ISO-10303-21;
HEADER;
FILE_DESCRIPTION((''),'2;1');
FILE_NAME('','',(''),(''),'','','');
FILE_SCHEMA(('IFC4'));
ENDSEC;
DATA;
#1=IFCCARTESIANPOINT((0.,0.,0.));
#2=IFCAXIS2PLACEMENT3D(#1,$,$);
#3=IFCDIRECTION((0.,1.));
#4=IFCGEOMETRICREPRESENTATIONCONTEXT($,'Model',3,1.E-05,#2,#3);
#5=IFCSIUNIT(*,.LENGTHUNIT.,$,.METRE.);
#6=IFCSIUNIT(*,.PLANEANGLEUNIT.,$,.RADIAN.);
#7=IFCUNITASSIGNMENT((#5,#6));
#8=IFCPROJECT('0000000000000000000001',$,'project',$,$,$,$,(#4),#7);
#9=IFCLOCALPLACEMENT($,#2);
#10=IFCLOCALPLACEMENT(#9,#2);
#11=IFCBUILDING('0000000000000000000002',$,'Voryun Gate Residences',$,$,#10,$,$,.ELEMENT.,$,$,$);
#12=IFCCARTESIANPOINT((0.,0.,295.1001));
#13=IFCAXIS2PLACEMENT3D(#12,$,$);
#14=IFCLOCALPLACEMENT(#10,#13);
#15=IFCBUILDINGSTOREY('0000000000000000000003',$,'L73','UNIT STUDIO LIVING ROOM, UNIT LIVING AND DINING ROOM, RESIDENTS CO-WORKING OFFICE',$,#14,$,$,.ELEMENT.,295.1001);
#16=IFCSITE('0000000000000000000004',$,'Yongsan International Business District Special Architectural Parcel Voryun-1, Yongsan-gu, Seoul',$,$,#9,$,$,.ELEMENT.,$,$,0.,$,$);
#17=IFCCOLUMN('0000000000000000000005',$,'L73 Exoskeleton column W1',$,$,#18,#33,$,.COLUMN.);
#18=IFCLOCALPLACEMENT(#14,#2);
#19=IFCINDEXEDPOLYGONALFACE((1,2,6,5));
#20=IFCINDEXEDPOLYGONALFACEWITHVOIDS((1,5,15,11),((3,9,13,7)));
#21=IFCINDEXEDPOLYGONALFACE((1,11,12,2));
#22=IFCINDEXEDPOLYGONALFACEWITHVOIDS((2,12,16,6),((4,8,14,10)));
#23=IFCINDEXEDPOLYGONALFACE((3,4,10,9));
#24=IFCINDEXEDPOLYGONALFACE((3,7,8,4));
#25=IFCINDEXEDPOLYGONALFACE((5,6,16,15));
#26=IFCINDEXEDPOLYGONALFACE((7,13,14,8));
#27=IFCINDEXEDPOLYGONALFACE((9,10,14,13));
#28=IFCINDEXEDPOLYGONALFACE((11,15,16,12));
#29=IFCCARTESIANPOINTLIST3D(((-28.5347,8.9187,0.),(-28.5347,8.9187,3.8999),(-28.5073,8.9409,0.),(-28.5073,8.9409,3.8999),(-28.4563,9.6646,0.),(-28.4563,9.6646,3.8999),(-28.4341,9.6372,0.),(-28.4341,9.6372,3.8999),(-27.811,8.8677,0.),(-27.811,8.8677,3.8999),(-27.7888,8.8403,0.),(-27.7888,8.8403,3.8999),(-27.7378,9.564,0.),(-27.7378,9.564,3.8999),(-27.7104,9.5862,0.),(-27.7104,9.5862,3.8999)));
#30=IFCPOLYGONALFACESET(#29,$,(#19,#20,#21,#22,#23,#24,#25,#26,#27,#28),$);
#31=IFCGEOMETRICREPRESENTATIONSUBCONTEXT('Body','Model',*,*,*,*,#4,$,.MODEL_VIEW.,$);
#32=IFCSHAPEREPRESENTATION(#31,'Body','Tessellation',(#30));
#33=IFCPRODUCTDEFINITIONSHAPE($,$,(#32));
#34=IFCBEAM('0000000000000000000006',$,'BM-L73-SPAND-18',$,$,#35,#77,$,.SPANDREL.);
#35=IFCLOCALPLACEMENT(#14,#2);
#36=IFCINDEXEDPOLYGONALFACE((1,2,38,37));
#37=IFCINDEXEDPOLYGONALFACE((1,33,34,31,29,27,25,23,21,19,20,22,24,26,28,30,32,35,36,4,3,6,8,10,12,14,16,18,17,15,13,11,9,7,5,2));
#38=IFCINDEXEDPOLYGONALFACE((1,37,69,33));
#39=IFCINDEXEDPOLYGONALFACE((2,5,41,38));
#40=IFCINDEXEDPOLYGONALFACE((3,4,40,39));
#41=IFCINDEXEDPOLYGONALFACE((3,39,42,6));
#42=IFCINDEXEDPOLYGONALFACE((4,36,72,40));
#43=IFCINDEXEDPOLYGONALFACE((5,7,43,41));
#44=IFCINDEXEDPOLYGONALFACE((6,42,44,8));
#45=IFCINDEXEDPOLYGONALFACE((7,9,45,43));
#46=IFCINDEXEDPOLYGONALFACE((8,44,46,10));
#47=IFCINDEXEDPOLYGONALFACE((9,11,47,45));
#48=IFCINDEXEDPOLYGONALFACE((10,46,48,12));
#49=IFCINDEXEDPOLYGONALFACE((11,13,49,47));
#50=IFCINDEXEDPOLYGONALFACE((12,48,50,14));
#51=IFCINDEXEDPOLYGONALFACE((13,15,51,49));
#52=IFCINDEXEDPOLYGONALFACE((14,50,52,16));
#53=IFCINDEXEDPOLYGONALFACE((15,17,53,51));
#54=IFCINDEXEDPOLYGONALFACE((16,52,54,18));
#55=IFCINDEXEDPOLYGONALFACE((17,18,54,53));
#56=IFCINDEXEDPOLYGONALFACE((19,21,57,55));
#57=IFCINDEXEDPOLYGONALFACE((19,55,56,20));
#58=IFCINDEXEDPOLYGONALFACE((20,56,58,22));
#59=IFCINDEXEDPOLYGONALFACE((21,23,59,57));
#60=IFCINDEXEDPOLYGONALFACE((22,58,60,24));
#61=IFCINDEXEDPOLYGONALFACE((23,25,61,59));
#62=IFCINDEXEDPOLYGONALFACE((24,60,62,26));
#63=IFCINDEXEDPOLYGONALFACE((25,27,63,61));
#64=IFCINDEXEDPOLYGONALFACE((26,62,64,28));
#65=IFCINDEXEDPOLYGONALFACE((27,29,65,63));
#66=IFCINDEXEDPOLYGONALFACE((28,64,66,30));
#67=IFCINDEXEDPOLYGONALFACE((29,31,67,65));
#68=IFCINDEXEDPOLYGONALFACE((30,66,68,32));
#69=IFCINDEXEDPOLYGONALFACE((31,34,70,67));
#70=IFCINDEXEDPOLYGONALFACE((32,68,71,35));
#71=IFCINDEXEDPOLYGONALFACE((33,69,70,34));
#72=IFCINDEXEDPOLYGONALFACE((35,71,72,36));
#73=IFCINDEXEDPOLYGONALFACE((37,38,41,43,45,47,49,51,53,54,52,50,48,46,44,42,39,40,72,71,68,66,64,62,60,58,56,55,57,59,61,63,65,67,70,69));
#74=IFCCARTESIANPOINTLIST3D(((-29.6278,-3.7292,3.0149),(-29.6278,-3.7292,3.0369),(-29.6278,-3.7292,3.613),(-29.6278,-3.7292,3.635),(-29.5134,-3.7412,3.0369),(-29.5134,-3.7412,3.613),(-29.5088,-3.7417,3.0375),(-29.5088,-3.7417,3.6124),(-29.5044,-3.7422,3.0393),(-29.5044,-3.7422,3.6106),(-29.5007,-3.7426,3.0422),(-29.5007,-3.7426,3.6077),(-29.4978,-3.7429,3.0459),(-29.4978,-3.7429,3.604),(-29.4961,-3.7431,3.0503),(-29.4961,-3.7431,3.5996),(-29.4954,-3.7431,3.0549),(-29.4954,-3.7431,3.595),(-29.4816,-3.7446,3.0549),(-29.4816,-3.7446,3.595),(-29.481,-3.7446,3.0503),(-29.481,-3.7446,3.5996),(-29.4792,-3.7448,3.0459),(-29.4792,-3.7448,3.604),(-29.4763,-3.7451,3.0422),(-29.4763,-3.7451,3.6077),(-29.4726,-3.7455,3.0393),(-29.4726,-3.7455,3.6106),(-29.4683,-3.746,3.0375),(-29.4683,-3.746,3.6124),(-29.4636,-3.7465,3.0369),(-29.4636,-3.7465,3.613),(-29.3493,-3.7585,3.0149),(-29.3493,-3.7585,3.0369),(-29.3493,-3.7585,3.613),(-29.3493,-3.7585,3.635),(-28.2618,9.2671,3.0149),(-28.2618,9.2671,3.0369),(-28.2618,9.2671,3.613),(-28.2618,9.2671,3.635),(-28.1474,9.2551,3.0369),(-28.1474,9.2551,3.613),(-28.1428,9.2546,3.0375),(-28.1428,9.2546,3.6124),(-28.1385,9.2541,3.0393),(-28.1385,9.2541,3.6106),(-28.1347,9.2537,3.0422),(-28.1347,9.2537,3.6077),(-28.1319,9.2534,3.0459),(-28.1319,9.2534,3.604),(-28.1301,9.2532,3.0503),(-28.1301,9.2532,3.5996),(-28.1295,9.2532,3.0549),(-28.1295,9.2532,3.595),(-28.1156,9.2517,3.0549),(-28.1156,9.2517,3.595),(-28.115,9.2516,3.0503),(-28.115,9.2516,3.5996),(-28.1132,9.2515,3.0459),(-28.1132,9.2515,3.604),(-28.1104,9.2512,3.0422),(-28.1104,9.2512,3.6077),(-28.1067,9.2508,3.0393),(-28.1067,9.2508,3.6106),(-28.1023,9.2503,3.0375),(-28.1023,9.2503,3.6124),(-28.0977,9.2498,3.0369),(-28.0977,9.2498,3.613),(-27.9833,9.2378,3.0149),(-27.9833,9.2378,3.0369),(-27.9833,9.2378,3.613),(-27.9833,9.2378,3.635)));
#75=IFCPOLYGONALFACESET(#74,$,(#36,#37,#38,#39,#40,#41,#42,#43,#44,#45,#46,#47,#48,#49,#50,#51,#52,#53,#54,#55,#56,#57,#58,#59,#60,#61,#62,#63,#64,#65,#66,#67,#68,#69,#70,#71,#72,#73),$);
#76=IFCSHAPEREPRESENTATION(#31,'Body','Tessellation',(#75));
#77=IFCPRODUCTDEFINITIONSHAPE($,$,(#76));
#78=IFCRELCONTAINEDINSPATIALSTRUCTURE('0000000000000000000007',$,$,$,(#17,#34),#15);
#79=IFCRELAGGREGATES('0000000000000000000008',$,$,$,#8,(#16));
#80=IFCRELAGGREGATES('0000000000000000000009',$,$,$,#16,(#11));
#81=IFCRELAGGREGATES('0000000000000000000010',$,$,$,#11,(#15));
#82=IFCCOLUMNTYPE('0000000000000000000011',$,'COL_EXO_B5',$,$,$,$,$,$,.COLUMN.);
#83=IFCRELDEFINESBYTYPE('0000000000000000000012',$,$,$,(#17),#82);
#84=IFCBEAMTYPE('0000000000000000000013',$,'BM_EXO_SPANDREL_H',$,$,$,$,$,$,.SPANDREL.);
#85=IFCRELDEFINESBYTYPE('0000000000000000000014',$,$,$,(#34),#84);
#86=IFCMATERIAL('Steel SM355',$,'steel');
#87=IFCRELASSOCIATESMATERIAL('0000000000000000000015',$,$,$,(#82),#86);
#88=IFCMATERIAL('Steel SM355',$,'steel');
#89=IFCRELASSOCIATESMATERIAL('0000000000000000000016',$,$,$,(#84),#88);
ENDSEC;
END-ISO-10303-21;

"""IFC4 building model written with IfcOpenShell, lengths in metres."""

from ifc_helpers import new_model, si_unit, direction, frame, origin, origin_2d, place, context, subcontext, project, spatial, hollow_rectangle, i_section, extrude, material, material_profile, profile_set, type_object, element, save


model = new_model("IFC4")

# Units and contexts
model_context = context("Model", 3, precision=1e-05, world=origin(), true_north=direction((0.0, 1.0)))
body_context = subcontext(model_context, "Body", "Model", "MODEL_VIEW")
ifc_project = project(units=[si_unit("LENGTHUNIT", "METRE"), si_unit("PLANEANGLEUNIT", "RADIAN")], contexts=[model_context])

# Site, building, storey
site_placement = place(None, origin())
site = spatial("IfcSite", under=ifc_project, at=site_placement, Name="Yongsan International Business District Special Architectural Parcel Voryun-1, Yongsan-gu, Seoul", CompositionType="ELEMENT", RefElevation=0.0)
building_placement = place(site_placement, origin())
building = spatial("IfcBuilding", under=site, at=building_placement, Name="Voryun Gate Residences", CompositionType="ELEMENT")
storey_placement = place(building_placement, frame((0.0, 0.0, 295.1001)))
storey = spatial("IfcBuildingStorey", under=building, at=storey_placement, Name="L73", Description="UNIT STUDIO LIVING ROOM, UNIT LIVING AND DINING ROOM, RESIDENTS CO-WORKING OFFICE", CompositionType="ELEMENT", Elevation=295.1001)

# Column
ifc_material_1 = material(Name="Steel SM355", Category="steel")
ifc_material_profile_1 = material_profile(ifc_material_1, hollow_rectangle(XDim=0.75, YDim=0.75, WallThickness=0.0249, at=origin_2d()), Name="BOX-750x750x25")
ifc_profile_set_1 = profile_set([ifc_material_profile_1], Name="Steel SM355")
column_type = type_object("IfcColumnType", Name="COL_EXO_B5", PredefinedType="COLUMN", material=ifc_profile_set_1)
column_placement = place(storey_placement, frame((-28.1226, 9.2524, 0.0), z_axis=(0.0, 0.0, 1.0), x_axis=(0.994522, -0.104528, 0.0)))
element("IfcColumn", 1, at=column_placement, inside=storey, type_object=column_type, Name="L73 Exoskeleton column W1", PredefinedType="COLUMN", context=body_context, shape_type="SweptSolid", body=[
    extrude(hollow_rectangle(XDim=0.75, YDim=0.75, WallThickness=0.0249, at=origin_2d()), origin(), (0.0, 0.0, 1.0), 3.8999),
])

# Beam
ifc_material_2 = material(Name="Steel SM355", Category="steel")
ifc_material_profile_2 = material_profile(ifc_material_2, i_section(OverallWidth=0.28, OverallDepth=0.6201, WebThickness=0.0139, FlangeThickness=0.022, FilletRadius=0.0181, at=origin_2d()), Name="H-620x280x14x22")
ifc_profile_set_2 = profile_set([ifc_material_profile_2], Name="Steel SM355")
beam_type = type_object("IfcBeamType", Name="BM_EXO_SPANDREL_H", PredefinedType="SPANDREL", material=ifc_profile_set_2)
beam_placement = place(storey_placement, frame((-28.1226, 9.2524, 3.325), z_axis=(-0.104528, -0.994522, 0.0), x_axis=(0.994522, -0.104528, 0.0)))
element("IfcBeam", 2, at=beam_placement, inside=storey, type_object=beam_type, Name="BM-L73-SPAND-18", PredefinedType="SPANDREL", context=body_context, shape_type="SweptSolid", body=[
    extrude(i_section(OverallWidth=0.28, OverallDepth=0.6201, WebThickness=0.0139, FlangeThickness=0.022, FilletRadius=0.0181, at=origin_2d()), origin(), (0.0, 0.0, 1.0), 13.0679),
])

save(model, "model.ifc")
